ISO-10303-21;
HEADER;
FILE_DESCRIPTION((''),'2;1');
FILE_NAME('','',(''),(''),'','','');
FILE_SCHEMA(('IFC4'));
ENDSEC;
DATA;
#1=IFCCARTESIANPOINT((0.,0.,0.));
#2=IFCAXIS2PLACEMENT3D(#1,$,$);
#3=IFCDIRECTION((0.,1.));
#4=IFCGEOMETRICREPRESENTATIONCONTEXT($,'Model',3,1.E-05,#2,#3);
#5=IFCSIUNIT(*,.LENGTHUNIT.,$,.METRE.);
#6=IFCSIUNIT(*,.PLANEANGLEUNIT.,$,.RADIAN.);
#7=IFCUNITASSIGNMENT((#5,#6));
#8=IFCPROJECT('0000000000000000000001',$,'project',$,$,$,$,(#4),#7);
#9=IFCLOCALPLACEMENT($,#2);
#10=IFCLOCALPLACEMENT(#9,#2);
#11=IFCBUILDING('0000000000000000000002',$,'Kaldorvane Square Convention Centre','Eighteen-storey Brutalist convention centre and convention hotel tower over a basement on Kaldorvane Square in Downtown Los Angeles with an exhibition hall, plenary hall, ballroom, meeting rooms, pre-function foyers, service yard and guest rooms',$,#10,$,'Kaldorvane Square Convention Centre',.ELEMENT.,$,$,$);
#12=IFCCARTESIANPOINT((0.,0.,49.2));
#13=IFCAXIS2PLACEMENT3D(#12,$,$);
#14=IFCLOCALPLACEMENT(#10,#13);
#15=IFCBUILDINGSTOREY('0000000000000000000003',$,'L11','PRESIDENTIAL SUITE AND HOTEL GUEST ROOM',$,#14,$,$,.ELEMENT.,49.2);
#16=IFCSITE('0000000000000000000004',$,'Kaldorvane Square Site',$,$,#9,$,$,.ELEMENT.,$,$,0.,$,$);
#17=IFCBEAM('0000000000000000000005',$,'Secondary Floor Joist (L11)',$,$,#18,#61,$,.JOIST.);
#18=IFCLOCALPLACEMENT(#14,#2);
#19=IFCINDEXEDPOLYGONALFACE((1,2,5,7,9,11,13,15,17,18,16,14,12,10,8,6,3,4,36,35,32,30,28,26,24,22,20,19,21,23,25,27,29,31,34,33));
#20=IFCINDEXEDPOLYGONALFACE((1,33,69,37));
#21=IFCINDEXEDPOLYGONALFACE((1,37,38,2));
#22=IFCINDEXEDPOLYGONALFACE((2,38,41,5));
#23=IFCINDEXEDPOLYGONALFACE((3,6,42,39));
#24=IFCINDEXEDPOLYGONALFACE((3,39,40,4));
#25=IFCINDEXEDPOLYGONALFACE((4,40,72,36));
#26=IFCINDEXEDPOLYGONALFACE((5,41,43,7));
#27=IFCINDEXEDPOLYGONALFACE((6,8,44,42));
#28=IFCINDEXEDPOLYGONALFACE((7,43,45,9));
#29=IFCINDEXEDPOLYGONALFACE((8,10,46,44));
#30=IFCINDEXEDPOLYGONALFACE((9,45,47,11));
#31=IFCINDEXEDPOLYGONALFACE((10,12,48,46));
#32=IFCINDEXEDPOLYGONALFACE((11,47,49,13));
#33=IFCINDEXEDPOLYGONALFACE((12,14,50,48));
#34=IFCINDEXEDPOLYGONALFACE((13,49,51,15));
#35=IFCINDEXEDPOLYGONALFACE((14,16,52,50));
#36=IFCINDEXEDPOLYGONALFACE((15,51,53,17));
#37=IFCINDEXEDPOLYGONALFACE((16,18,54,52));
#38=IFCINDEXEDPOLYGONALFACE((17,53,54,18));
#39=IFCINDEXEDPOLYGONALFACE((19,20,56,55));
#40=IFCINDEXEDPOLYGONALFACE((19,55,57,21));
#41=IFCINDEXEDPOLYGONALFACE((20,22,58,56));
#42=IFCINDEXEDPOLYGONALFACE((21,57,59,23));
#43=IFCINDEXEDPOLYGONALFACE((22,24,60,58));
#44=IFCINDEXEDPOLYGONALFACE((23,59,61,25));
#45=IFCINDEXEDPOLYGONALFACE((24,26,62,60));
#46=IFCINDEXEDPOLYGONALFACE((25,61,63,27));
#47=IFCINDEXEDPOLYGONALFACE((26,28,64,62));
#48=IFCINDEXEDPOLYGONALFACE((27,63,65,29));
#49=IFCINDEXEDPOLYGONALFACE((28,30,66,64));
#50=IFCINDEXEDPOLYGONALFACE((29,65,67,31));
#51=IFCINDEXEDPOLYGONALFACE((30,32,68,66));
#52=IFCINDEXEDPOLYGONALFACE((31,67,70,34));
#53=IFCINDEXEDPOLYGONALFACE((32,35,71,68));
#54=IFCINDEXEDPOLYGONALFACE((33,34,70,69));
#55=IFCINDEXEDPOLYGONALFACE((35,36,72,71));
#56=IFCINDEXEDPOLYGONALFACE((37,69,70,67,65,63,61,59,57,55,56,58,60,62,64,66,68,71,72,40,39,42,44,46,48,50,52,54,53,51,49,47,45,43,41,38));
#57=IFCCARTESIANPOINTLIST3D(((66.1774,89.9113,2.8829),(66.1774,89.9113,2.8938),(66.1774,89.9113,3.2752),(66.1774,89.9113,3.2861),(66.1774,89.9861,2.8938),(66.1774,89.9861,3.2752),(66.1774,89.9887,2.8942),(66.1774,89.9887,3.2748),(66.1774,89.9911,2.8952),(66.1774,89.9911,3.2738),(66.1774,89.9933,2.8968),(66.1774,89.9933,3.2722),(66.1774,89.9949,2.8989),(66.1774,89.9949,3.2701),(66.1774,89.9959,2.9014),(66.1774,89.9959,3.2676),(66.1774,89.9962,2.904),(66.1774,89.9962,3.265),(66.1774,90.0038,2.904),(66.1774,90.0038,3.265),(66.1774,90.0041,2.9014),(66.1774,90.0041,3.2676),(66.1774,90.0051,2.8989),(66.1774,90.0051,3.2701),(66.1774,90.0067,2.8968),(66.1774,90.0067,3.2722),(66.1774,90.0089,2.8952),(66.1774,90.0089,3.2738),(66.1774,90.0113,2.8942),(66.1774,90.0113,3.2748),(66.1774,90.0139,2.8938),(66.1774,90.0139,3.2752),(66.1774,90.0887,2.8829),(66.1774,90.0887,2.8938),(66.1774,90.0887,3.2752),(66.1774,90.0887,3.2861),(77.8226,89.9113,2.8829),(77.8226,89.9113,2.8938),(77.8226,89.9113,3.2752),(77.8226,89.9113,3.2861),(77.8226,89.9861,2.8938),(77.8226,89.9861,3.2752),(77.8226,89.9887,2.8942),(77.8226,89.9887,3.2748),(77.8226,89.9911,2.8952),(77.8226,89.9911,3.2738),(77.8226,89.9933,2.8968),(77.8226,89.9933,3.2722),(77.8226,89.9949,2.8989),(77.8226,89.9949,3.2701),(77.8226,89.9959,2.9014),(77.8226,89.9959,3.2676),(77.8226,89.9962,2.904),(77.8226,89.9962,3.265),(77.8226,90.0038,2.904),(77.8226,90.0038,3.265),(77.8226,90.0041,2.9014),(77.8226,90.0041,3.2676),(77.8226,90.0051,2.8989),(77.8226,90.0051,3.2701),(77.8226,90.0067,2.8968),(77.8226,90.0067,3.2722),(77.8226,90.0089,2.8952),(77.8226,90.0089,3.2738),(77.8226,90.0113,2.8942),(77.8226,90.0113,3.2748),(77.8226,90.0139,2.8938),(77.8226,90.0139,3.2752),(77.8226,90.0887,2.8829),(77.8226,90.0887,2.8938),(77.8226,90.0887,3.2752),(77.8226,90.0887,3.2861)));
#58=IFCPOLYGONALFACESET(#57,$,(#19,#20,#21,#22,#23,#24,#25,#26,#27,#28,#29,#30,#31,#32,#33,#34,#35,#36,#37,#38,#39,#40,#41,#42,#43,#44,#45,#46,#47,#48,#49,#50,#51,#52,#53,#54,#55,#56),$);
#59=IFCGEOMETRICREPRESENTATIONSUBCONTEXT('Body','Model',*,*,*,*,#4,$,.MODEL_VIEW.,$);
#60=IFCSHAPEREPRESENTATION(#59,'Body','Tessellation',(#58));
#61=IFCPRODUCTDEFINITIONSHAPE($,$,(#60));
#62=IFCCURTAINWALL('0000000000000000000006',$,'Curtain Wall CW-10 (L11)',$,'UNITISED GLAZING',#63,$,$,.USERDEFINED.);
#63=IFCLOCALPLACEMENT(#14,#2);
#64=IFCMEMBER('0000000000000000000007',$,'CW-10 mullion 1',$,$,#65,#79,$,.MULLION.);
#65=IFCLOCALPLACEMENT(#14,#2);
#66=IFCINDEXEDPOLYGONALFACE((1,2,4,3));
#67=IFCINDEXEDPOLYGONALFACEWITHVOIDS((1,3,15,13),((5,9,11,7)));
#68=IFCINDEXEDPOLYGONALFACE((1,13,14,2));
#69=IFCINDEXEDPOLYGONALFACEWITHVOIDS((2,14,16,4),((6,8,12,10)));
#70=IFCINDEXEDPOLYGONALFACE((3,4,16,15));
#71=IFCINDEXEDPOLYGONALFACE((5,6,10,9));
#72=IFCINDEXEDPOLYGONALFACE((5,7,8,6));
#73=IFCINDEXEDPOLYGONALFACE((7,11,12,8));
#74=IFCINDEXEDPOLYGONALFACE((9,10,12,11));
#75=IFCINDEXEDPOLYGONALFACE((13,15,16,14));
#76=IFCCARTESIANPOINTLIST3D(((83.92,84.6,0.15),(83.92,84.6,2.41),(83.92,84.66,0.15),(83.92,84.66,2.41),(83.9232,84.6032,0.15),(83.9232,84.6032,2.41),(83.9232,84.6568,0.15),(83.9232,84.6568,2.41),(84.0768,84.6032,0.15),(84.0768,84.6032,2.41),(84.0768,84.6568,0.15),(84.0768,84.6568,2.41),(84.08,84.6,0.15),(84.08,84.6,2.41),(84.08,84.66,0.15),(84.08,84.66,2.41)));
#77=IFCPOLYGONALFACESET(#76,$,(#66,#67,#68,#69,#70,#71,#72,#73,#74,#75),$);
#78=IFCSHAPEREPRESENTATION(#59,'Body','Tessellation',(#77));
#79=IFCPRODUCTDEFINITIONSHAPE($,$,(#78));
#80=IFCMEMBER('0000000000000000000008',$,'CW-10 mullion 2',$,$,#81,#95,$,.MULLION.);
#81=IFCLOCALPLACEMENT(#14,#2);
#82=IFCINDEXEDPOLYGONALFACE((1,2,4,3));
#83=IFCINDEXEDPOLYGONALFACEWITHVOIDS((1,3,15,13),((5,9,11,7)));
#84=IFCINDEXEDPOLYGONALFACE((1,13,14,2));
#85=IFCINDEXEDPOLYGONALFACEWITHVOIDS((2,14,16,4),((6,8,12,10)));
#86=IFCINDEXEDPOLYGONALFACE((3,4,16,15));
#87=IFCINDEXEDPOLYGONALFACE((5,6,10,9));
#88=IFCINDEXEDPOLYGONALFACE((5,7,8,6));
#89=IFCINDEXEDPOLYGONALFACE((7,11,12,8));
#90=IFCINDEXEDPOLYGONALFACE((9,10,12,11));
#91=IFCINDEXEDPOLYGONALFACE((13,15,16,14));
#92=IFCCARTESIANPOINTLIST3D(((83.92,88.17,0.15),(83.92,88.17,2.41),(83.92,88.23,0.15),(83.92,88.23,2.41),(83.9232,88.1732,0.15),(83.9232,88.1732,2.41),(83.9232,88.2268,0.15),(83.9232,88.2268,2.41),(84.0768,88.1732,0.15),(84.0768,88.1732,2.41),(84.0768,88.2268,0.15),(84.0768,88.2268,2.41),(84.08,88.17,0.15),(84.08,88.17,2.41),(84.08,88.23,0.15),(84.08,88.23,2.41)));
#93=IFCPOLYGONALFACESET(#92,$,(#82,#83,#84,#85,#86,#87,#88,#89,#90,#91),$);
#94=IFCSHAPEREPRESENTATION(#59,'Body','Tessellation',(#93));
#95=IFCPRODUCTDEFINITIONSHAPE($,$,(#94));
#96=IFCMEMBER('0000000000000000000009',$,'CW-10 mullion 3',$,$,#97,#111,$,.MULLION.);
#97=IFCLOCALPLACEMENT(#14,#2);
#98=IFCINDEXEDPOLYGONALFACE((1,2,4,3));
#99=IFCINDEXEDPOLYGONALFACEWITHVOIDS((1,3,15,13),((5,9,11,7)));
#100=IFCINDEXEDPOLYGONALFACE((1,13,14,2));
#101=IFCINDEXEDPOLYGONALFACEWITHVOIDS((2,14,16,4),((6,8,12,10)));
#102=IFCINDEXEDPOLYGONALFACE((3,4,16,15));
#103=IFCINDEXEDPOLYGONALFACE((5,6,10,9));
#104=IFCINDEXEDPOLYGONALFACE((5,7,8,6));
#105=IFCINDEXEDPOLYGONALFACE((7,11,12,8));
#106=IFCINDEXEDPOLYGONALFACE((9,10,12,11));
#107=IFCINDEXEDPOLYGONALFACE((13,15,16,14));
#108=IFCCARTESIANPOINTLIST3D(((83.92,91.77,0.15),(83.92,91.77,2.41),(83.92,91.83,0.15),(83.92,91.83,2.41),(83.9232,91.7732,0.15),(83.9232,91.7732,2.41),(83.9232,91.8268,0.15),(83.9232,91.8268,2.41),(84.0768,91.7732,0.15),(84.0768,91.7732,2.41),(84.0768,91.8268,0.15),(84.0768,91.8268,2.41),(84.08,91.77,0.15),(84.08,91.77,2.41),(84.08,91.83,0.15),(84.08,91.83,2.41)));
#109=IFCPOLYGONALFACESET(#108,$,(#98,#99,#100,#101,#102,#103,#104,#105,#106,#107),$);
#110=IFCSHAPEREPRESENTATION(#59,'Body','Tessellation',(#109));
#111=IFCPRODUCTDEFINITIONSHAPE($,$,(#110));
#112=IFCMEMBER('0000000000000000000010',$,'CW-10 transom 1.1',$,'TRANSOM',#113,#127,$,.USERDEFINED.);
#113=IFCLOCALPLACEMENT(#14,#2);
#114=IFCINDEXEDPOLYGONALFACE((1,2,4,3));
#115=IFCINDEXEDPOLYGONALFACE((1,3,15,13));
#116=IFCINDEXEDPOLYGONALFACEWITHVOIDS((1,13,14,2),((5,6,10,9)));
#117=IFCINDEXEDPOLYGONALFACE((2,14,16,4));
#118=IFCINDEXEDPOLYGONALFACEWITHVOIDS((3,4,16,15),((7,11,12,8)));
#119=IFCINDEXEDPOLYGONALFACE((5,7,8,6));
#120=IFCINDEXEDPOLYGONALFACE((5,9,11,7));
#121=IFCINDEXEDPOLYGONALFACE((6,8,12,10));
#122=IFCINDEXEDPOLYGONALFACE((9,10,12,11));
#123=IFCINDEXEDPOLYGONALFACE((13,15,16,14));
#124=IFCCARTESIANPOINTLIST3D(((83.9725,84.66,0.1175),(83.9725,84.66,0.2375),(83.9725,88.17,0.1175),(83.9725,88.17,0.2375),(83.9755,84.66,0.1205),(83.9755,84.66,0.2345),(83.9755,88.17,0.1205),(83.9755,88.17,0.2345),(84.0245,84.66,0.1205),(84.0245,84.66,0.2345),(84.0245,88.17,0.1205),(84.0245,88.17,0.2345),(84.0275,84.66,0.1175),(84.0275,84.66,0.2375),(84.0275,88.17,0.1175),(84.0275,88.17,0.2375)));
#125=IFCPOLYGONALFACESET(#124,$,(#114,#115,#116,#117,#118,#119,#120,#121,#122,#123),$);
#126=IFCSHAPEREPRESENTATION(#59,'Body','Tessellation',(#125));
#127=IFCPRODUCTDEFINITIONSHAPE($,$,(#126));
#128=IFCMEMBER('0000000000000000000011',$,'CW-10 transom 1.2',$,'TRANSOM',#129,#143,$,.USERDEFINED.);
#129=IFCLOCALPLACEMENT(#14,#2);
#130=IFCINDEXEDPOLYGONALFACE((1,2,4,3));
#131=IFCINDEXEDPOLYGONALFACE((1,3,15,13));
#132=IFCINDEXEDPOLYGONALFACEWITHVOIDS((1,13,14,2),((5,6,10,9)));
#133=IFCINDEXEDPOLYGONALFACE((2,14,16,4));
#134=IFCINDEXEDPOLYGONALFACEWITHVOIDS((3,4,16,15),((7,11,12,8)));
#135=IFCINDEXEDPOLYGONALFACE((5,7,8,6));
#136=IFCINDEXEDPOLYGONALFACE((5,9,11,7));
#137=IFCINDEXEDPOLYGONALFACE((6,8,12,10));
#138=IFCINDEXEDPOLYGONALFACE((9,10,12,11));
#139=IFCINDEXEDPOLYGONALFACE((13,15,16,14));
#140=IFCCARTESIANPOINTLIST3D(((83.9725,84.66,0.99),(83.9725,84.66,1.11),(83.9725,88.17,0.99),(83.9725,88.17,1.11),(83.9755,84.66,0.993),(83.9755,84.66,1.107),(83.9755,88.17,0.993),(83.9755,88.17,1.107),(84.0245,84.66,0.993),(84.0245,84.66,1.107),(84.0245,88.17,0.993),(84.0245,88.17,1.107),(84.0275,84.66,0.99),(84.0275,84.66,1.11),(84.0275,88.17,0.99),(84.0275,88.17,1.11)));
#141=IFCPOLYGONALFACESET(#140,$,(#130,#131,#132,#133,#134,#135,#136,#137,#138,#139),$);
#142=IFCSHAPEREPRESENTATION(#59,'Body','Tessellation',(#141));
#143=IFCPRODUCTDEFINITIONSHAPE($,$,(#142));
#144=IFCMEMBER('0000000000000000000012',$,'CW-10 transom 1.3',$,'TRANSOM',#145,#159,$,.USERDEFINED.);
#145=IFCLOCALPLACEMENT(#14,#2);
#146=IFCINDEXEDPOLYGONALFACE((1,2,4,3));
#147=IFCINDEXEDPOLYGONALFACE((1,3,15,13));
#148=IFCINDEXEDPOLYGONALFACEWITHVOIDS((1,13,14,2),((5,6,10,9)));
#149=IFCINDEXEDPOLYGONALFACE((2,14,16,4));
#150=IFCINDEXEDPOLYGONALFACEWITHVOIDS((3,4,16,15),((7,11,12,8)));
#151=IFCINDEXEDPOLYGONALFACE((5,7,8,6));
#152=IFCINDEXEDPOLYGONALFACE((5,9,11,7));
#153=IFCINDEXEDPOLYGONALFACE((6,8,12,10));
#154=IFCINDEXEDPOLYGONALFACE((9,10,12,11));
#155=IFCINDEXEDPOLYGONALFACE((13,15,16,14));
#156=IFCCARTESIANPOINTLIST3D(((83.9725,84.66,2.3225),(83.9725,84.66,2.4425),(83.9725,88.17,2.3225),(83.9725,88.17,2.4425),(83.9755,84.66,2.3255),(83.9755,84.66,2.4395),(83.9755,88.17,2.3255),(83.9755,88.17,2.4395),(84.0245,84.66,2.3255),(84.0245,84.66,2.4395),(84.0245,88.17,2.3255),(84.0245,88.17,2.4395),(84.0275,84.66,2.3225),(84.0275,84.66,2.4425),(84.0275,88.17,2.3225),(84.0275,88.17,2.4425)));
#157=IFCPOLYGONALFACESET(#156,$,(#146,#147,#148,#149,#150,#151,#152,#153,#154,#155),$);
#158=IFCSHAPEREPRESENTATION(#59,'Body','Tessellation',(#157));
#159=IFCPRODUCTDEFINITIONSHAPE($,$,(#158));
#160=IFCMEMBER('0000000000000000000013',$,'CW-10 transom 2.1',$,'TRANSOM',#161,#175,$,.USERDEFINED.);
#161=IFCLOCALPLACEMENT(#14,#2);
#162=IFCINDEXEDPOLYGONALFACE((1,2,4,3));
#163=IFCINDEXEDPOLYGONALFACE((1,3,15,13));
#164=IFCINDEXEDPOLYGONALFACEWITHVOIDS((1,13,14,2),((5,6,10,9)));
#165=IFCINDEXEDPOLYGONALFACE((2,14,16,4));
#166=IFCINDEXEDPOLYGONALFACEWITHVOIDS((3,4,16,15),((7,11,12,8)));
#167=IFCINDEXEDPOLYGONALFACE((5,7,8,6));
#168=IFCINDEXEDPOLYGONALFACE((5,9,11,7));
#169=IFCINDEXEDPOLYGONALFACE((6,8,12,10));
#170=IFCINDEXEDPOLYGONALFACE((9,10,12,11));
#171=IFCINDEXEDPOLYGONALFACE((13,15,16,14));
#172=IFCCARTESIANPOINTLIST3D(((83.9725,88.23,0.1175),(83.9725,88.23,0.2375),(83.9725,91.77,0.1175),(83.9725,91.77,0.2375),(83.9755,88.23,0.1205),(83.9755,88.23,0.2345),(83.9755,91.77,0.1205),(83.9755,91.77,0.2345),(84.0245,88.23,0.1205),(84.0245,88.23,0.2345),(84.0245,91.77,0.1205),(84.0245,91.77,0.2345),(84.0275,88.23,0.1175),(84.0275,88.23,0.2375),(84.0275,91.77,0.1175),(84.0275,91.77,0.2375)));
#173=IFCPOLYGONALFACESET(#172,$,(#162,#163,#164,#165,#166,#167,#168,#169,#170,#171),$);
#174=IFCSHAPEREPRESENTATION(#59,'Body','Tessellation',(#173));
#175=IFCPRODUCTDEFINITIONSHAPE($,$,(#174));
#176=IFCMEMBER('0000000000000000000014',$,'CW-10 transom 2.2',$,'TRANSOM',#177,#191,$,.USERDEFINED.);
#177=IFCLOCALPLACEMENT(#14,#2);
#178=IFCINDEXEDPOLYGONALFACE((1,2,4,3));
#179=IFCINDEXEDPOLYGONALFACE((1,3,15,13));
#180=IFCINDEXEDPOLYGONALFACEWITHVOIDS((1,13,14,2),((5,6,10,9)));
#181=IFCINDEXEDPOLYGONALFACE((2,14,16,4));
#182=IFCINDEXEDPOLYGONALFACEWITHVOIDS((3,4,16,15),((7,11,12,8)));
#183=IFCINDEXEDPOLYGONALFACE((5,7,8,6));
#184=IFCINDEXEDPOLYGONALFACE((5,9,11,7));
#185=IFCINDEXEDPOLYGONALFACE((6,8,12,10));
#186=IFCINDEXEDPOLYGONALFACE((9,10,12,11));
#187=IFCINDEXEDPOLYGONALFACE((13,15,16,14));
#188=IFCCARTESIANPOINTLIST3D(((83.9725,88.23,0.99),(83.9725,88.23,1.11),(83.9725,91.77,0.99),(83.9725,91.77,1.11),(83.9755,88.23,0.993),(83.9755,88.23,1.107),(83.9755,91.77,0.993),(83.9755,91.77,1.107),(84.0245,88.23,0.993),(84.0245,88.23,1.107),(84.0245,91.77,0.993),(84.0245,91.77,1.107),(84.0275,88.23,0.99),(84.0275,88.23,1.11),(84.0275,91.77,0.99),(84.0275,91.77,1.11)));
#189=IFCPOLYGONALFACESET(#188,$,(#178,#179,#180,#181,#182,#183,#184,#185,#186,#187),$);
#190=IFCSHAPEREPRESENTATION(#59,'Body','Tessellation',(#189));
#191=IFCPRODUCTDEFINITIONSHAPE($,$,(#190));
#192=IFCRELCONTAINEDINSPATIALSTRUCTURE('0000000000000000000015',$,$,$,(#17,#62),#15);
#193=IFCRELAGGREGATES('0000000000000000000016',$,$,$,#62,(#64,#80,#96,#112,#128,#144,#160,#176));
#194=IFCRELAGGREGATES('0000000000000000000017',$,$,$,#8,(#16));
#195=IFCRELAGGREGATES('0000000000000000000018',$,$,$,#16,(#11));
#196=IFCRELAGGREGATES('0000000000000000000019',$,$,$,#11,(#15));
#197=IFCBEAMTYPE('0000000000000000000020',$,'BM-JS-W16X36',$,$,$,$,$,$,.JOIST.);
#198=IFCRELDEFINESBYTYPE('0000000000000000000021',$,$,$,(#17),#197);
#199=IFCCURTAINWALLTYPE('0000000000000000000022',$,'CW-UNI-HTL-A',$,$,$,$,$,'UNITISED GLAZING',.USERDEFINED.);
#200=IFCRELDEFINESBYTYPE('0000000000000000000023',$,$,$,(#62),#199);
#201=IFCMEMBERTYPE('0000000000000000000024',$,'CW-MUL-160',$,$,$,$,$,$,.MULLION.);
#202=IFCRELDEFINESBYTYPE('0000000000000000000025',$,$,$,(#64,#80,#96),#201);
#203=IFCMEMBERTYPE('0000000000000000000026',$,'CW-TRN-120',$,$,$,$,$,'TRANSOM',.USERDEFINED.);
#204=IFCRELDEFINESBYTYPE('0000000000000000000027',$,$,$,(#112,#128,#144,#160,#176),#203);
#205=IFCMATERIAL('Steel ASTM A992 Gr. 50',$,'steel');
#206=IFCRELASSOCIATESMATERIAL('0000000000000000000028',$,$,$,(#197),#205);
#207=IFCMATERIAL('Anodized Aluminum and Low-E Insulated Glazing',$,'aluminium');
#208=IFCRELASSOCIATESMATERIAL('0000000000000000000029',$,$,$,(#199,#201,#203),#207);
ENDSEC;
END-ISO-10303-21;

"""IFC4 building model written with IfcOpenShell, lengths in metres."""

from ifc_helpers import new_model, si_unit, direction, frame, origin, origin_2d, place, context, subcontext, project, spatial, hollow_rectangle, i_section, extrude, material, material_profile, profile_set, type_object, element, aggregate, save


model = new_model("IFC4")

# Units and contexts
model_context = context("Model", 3, precision=1e-05, world=origin(), true_north=direction((0.0, 1.0)))
body_context = subcontext(model_context, "Body", "Model", "MODEL_VIEW")
ifc_project = project(units=[si_unit("LENGTHUNIT", "METRE"), si_unit("PLANEANGLEUNIT", "RADIAN")], contexts=[model_context])

# Site, building, storey
site_placement = place(None, origin())
site = spatial("IfcSite", under=ifc_project, at=site_placement, Name="Kaldorvane Square Site", CompositionType="ELEMENT", RefElevation=0.0)
building_placement = place(site_placement, origin())
building = spatial("IfcBuilding", under=site, at=building_placement, Name="Kaldorvane Square Convention Centre", Description="Eighteen-storey Brutalist convention centre and convention hotel tower over a basement on Kaldorvane Square in Downtown Los Angeles with an exhibition hall, plenary hall, ballroom, meeting rooms, pre-function foyers, service yard and guest rooms", LongName="Kaldorvane Square Convention Centre", CompositionType="ELEMENT")
storey_placement = place(building_placement, frame((0.0, 0.0, 49.2)))
storey = spatial("IfcBuildingStorey", under=building, at=storey_placement, Name="L11", Description="PRESIDENTIAL SUITE AND HOTEL GUEST ROOM", CompositionType="ELEMENT", Elevation=49.2)

# Beam
ifc_material_1 = material(Name="Steel ASTM A992 Gr. 50", Category="steel")
ifc_material_profile_1 = material_profile(ifc_material_1, i_section(OverallWidth=0.1774, OverallDepth=0.4031, WebThickness=0.0075, FlangeThickness=0.0109, FilletRadius=0.0102, at=origin_2d()), Name="W16X36")
ifc_profile_set_1 = profile_set([ifc_material_profile_1], Name="Steel ASTM A992 Gr. 50")
beam_type = type_object("IfcBeamType", Name="BM-JS-W16X36", PredefinedType="JOIST", material=ifc_profile_set_1)
beam_placement = place(storey_placement, frame((66.1774, 90.0, 3.0845), z_axis=(1.0, 0.0, 0.0), x_axis=(0.0, 1.0, 0.0)))
element("IfcBeam", 1, at=beam_placement, inside=storey, type_object=beam_type, Name="Secondary Floor Joist (L11)", PredefinedType="JOIST", context=body_context, shape_type="SweptSolid", body=[
    extrude(i_section(OverallWidth=0.1774, OverallDepth=0.4031, WebThickness=0.0075, FlangeThickness=0.0109, FilletRadius=0.0102, at=origin_2d()), origin(), (0.0, 0.0, 1.0), 11.6452),
])

# Curtain wall, members
ifc_material_2 = material(Name="Anodized Aluminum and Low-E Insulated Glazing", Category="aluminium")
curtain_wall_type = type_object("IfcCurtainWallType", Name="CW-UNI-HTL-A", ElementType="UNITISED GLAZING", PredefinedType="USERDEFINED", material=ifc_material_2)
curtain_wall_placement = place(storey_placement, origin())
curtain_wall = element("IfcCurtainWall", 2, at=curtain_wall_placement, inside=storey, type_object=curtain_wall_type, Name="Curtain Wall CW-10 (L11)", ObjectType="UNITISED GLAZING", PredefinedType="USERDEFINED")
ifc_material_profile_2 = material_profile(ifc_material_2, hollow_rectangle(XDim=0.06, YDim=0.16, WallThickness=0.0032, at=origin_2d()), Name="CWM-160X60")
ifc_profile_set_2 = profile_set([ifc_material_profile_2], Name="Anodized Aluminum and Low-E Insulated Glazing")
member_type_1 = type_object("IfcMemberType", Name="CW-MUL-160", PredefinedType="MULLION", material=ifc_profile_set_2)
member_1_placement = place(storey_placement, frame((84.0, 84.63, 0.15), z_axis=(0.0, 0.0, 1.0), x_axis=(0.0, 1.0, 0.0)))
member_1 = element("IfcMember", 3, at=member_1_placement, type_object=member_type_1, Name="CW-10 mullion 1", PredefinedType="MULLION", context=body_context, shape_type="SweptSolid", body=[
    extrude(hollow_rectangle(XDim=0.06, YDim=0.16, WallThickness=0.0032, at=origin_2d()), origin(), (0.0, 0.0, 1.0), 2.26),
])
member_2_placement = place(storey_placement, frame((84.0, 88.2, 0.15), z_axis=(0.0, 0.0, 1.0), x_axis=(0.0, 1.0, 0.0)))
member_2 = element("IfcMember", 4, at=member_2_placement, type_object=member_type_1, Name="CW-10 mullion 2", PredefinedType="MULLION", context=body_context, shape_type="SweptSolid", body=[
    extrude(hollow_rectangle(XDim=0.06, YDim=0.16, WallThickness=0.0032, at=origin_2d()), origin(), (0.0, 0.0, 1.0), 2.26),
])
member_3_placement = place(storey_placement, frame((84.0, 91.8, 0.15), z_axis=(0.0, 0.0, 1.0), x_axis=(0.0, 1.0, 0.0)))
member_3 = element("IfcMember", 5, at=member_3_placement, type_object=member_type_1, Name="CW-10 mullion 3", PredefinedType="MULLION", context=body_context, shape_type="SweptSolid", body=[
    extrude(hollow_rectangle(XDim=0.06, YDim=0.16, WallThickness=0.0032, at=origin_2d()), origin(), (0.0, 0.0, 1.0), 2.26),
])
ifc_material_profile_3 = material_profile(ifc_material_2, hollow_rectangle(XDim=0.055, YDim=0.12, WallThickness=0.003, at=origin_2d()), Name="CWT-120X55")
ifc_profile_set_3 = profile_set([ifc_material_profile_3], Name="Anodized Aluminum and Low-E Insulated Glazing")
member_type_2 = type_object("IfcMemberType", Name="CW-TRN-120", ElementType="TRANSOM", PredefinedType="USERDEFINED", material=ifc_profile_set_3)
member_4_placement = place(storey_placement, frame((84.0, 84.66, 0.1775), z_axis=(0.0, 1.0, 0.0), x_axis=(-1.0, 0.0, 0.0)))
member_4 = element("IfcMember", 6, at=member_4_placement, type_object=member_type_2, Name="CW-10 transom 1.1", ObjectType="TRANSOM", PredefinedType="USERDEFINED", context=body_context, shape_type="SweptSolid", body=[
    extrude(hollow_rectangle(XDim=0.055, YDim=0.12, WallThickness=0.003, at=origin_2d()), origin(), (0.0, 0.0, 1.0), 3.51),
])
member_5_placement = place(storey_placement, frame((84.0, 84.66, 1.05), z_axis=(0.0, 1.0, 0.0), x_axis=(-1.0, 0.0, 0.0)))
member_5 = element("IfcMember", 7, at=member_5_placement, type_object=member_type_2, Name="CW-10 transom 1.2", ObjectType="TRANSOM", PredefinedType="USERDEFINED", context=body_context, shape_type="SweptSolid", body=[
    extrude(hollow_rectangle(XDim=0.055, YDim=0.12, WallThickness=0.003, at=origin_2d()), origin(), (0.0, 0.0, 1.0), 3.51),
])
member_6_placement = place(storey_placement, frame((84.0, 84.66, 2.3825), z_axis=(0.0, 1.0, 0.0), x_axis=(-1.0, 0.0, 0.0)))
member_6 = element("IfcMember", 8, at=member_6_placement, type_object=member_type_2, Name="CW-10 transom 1.3", ObjectType="TRANSOM", PredefinedType="USERDEFINED", context=body_context, shape_type="SweptSolid", body=[
    extrude(hollow_rectangle(XDim=0.055, YDim=0.12, WallThickness=0.003, at=origin_2d()), origin(), (0.0, 0.0, 1.0), 3.51),
])
member_7_placement = place(storey_placement, frame((84.0, 88.23, 0.1775), z_axis=(0.0, 1.0, 0.0), x_axis=(-1.0, 0.0, 0.0)))
member_7 = element("IfcMember", 9, at=member_7_placement, type_object=member_type_2, Name="CW-10 transom 2.1", ObjectType="TRANSOM", PredefinedType="USERDEFINED", context=body_context, shape_type="SweptSolid", body=[
    extrude(hollow_rectangle(XDim=0.055, YDim=0.12, WallThickness=0.003, at=origin_2d()), origin(), (0.0, 0.0, 1.0), 3.54),
])
member_8_placement = place(storey_placement, frame((84.0, 88.23, 1.05), z_axis=(0.0, 1.0, 0.0), x_axis=(-1.0, 0.0, 0.0)))
member_8 = element("IfcMember", 10, at=member_8_placement, type_object=member_type_2, Name="CW-10 transom 2.2", ObjectType="TRANSOM", PredefinedType="USERDEFINED", context=body_context, shape_type="SweptSolid", body=[
    extrude(hollow_rectangle(XDim=0.055, YDim=0.12, WallThickness=0.003, at=origin_2d()), origin(), (0.0, 0.0, 1.0), 3.54),
])
aggregate(curtain_wall, [member_1, member_2, member_3, member_4, member_5, member_6, member_7, member_8])

save(model, "model.ifc")
